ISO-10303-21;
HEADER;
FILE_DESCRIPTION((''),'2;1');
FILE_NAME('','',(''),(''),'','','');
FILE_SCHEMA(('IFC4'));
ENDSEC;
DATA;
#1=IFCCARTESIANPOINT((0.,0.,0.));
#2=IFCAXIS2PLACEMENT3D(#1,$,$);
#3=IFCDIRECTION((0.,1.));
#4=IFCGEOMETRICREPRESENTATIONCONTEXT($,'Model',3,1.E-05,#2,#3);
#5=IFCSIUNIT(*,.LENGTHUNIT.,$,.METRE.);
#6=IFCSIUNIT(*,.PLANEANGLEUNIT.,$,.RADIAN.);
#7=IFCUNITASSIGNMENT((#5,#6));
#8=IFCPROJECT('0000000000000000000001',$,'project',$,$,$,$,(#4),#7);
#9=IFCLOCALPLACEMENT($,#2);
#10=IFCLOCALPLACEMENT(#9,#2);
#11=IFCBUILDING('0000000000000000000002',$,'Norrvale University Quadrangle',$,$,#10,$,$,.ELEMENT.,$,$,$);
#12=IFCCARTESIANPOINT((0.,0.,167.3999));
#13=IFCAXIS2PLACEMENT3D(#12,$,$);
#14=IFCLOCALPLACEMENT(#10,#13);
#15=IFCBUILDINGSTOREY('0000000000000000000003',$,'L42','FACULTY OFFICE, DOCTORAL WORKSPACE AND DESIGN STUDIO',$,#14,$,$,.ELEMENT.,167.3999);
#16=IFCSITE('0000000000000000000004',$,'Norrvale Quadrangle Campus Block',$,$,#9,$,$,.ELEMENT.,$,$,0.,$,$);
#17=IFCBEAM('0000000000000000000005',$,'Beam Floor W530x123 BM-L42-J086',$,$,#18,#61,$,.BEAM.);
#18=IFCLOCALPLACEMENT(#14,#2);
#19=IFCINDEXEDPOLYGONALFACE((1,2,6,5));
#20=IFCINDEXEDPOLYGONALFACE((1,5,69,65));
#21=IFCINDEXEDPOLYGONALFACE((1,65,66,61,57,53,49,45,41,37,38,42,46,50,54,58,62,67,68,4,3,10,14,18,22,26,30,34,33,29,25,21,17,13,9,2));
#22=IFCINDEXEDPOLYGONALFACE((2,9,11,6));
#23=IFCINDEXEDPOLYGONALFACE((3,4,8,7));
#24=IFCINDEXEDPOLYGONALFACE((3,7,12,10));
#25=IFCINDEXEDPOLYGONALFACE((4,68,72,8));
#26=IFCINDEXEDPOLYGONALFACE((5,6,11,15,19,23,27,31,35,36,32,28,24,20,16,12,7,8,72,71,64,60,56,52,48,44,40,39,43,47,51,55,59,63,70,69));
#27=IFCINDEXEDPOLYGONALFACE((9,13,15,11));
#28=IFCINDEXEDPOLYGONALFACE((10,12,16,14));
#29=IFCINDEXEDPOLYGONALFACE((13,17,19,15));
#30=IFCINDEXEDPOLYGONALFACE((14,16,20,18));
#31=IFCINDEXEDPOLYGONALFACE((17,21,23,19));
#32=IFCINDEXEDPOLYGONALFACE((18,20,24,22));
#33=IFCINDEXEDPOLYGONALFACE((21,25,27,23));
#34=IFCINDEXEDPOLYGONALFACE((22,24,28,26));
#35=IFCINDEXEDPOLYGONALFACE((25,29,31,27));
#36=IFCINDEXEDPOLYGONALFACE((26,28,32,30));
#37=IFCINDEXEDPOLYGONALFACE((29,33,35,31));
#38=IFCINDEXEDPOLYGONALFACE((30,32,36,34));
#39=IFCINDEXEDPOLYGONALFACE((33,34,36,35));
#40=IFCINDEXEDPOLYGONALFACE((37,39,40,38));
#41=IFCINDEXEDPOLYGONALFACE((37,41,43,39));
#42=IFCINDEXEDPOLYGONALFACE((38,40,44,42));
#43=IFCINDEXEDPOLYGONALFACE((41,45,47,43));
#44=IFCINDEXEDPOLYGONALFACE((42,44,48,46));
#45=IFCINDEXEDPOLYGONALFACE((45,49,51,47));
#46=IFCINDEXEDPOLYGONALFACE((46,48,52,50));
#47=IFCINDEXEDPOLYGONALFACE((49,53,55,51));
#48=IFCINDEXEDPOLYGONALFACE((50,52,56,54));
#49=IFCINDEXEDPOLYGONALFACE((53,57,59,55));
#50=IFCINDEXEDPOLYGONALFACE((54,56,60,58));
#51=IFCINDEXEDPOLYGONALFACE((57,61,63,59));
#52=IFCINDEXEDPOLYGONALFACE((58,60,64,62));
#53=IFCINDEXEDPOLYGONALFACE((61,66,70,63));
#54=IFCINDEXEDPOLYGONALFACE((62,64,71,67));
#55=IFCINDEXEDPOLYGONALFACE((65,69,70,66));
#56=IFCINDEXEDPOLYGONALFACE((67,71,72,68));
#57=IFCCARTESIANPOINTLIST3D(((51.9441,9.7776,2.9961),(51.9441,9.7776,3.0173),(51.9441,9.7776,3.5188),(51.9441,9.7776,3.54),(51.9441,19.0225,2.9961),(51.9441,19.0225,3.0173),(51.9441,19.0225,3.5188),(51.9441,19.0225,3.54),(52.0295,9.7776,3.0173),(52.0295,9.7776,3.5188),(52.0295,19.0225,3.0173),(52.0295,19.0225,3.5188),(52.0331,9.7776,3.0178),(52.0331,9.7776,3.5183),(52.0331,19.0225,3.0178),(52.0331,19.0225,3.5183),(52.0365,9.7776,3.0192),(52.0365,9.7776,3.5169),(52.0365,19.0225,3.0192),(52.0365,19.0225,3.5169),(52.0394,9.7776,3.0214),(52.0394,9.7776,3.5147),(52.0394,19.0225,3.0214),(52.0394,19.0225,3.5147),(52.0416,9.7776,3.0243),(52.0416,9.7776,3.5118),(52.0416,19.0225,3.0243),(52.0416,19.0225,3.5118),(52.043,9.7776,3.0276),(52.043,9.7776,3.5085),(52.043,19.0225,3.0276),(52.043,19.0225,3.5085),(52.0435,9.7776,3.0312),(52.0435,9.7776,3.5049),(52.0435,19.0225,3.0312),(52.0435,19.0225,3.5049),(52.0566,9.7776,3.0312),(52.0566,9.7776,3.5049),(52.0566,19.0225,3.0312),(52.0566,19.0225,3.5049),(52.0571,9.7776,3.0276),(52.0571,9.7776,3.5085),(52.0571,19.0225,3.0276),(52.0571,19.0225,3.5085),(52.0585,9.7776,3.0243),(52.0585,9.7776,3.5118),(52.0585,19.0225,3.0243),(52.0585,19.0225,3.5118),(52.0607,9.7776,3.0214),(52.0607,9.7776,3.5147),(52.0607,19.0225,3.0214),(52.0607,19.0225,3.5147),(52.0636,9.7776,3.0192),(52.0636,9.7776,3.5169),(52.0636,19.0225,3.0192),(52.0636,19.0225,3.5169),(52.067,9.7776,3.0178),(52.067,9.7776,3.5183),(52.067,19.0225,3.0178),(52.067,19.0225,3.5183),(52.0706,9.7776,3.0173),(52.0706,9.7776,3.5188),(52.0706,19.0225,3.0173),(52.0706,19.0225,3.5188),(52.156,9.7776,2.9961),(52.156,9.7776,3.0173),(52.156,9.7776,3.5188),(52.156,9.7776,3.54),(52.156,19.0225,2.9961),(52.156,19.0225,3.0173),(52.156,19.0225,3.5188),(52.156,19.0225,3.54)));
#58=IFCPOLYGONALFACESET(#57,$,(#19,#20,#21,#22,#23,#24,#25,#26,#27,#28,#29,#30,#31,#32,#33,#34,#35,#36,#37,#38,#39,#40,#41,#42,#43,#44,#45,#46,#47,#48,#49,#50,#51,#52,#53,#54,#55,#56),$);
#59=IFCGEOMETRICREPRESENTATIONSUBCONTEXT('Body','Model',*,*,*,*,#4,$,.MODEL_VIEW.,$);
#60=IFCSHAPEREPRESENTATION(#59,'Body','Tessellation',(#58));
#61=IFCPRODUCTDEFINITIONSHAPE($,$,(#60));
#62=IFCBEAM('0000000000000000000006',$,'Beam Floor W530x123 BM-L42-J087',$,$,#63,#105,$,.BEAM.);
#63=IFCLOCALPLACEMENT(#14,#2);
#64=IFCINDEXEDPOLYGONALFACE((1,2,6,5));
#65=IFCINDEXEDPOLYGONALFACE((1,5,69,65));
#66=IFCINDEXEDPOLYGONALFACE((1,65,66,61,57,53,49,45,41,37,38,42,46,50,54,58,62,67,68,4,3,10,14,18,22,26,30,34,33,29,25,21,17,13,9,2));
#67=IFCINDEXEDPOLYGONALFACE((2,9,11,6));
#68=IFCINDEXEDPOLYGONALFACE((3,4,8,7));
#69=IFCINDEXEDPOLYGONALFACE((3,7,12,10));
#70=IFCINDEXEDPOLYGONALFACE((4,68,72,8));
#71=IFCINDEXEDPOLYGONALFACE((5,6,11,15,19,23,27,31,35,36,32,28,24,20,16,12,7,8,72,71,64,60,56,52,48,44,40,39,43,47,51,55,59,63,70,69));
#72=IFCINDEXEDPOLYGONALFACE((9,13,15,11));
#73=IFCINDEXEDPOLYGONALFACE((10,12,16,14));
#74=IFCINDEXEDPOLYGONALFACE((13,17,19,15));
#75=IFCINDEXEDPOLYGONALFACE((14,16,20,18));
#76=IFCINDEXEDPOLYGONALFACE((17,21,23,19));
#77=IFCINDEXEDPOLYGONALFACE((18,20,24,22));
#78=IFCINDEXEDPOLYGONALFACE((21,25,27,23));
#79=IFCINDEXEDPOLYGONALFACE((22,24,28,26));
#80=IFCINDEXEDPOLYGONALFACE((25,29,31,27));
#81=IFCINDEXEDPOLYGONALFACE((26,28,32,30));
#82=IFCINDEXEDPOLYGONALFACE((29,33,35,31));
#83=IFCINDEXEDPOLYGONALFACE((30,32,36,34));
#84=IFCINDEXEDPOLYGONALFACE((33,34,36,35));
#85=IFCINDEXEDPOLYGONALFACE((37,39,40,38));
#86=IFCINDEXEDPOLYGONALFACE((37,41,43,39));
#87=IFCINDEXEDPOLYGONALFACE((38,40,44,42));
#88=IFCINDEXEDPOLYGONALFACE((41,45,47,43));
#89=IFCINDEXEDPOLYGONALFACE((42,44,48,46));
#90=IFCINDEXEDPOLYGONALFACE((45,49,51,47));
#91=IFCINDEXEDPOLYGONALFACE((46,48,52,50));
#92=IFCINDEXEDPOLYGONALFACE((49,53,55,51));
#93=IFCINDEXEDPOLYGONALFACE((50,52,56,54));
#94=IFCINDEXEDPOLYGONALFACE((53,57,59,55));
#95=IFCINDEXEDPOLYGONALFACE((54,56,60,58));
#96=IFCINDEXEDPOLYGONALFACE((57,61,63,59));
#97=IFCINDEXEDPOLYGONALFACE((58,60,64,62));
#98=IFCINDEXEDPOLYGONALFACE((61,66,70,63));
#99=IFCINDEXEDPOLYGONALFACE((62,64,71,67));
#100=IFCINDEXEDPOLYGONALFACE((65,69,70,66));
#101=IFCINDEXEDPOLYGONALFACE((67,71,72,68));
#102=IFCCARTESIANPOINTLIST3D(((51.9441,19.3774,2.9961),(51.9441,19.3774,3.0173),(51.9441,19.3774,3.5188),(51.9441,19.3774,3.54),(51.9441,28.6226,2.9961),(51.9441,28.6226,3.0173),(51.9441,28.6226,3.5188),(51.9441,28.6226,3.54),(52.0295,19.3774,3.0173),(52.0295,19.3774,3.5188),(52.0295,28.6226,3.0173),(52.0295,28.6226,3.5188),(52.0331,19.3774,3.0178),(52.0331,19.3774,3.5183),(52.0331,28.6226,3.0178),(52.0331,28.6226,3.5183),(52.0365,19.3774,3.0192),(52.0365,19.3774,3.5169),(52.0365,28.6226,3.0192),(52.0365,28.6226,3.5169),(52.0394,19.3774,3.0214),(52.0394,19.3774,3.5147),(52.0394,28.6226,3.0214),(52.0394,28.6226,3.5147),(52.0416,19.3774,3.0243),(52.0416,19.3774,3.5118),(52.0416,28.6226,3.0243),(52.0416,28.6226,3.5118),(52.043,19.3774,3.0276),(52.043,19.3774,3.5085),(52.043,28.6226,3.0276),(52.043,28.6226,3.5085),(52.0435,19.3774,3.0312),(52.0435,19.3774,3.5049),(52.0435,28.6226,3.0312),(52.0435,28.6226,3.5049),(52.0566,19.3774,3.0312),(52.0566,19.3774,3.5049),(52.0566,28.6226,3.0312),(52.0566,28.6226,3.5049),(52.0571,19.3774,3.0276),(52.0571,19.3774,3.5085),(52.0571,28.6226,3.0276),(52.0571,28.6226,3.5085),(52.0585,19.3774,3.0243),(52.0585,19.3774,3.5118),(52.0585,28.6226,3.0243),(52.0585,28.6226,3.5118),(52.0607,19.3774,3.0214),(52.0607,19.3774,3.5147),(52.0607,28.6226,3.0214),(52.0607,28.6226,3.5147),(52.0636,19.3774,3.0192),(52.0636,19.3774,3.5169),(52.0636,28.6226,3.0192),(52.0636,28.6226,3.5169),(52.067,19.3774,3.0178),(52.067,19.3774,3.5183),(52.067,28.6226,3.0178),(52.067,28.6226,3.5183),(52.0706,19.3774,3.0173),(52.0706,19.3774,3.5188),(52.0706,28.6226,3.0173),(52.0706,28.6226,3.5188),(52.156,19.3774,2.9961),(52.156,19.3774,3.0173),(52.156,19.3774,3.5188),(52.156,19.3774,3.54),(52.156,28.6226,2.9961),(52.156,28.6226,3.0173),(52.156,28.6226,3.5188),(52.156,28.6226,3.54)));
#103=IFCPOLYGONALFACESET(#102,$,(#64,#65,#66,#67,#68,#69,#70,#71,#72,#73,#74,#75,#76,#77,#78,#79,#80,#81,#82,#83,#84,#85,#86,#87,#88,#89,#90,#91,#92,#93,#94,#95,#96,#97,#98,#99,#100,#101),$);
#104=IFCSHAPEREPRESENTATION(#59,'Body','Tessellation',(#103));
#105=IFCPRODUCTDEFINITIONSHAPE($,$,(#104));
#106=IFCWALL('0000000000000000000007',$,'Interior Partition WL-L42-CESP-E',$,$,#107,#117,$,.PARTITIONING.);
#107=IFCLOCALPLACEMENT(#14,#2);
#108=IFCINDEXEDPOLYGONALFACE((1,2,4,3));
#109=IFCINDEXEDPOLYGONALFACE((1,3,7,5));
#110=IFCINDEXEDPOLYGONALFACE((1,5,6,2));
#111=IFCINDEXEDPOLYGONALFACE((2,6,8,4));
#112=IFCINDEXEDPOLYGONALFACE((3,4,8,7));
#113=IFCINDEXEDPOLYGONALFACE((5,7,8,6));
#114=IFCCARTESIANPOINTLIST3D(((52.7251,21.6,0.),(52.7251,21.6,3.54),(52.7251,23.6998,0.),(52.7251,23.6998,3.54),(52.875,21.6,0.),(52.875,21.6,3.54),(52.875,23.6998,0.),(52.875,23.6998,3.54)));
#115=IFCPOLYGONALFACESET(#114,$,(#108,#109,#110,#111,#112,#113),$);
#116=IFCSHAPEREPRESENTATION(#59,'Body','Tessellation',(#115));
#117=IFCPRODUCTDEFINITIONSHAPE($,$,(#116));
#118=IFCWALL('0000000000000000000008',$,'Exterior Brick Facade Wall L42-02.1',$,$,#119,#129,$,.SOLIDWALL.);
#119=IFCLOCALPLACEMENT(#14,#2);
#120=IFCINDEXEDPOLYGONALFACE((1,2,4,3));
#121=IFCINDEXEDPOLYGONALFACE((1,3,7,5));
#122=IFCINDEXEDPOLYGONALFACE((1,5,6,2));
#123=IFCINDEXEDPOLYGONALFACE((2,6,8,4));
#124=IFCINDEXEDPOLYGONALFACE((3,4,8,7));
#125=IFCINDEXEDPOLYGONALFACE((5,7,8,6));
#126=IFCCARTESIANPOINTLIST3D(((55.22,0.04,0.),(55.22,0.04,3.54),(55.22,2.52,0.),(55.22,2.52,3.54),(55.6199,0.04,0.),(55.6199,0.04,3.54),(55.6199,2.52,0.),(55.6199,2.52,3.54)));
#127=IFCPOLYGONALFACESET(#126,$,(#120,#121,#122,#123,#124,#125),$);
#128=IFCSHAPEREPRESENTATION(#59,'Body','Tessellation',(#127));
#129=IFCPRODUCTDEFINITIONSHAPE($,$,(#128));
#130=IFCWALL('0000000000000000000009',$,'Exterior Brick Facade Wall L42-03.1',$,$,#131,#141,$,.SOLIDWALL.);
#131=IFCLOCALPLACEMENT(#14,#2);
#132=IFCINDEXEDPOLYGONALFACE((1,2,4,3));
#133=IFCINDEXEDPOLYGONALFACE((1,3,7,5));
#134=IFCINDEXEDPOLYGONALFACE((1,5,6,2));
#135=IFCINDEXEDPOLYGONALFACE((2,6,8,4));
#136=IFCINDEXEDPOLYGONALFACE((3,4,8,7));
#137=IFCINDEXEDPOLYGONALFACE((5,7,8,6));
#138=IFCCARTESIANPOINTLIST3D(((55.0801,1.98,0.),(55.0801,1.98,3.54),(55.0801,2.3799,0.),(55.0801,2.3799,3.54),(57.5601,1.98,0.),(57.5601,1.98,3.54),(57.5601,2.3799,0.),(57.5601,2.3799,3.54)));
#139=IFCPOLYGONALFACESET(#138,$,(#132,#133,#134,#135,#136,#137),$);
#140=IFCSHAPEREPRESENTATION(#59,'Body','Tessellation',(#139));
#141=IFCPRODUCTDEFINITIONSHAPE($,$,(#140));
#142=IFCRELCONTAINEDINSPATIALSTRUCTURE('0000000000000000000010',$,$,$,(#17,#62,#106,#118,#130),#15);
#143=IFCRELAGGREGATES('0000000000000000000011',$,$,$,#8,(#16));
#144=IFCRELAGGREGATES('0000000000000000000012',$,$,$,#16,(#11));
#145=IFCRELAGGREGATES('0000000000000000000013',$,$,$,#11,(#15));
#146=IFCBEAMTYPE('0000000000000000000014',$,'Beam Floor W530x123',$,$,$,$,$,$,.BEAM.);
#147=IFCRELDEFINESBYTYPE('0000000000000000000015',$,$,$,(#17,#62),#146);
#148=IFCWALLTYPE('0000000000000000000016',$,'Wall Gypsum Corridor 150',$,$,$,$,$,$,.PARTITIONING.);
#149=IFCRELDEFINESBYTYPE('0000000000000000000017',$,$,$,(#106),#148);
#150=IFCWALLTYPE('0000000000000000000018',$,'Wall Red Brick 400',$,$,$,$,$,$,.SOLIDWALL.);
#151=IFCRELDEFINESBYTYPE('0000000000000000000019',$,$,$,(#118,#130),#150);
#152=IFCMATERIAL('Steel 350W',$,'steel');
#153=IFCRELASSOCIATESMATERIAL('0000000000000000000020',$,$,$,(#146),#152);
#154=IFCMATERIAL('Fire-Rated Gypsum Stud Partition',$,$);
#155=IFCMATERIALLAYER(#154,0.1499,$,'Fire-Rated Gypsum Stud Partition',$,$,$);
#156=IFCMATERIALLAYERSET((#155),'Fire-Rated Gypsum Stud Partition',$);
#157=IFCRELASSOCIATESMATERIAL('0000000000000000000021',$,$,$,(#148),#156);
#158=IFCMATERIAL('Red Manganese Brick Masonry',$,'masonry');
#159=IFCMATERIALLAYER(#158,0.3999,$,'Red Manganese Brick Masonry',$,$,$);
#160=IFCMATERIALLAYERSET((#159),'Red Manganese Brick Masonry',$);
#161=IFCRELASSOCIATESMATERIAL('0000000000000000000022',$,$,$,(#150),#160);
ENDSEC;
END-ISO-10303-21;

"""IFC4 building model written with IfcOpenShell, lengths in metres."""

from ifc_helpers import new_model, si_unit, direction, frame, frame_2d, origin, origin_2d, place, context, subcontext, project, spatial, rectangle, i_section, extrude, material, layer, layer_set, material_profile, profile_set, type_object, element, save


model = new_model("IFC4")

# Units and contexts
model_context = context("Model", 3, precision=1e-05, world=origin(), true_north=direction((0.0, 1.0)))
body_context = subcontext(model_context, "Body", "Model", "MODEL_VIEW")
ifc_project = project(units=[si_unit("LENGTHUNIT", "METRE"), si_unit("PLANEANGLEUNIT", "RADIAN")], contexts=[model_context])

# Site, building, storey
site_placement = place(None, origin())
site = spatial("IfcSite", under=ifc_project, at=site_placement, Name="Norrvale Quadrangle Campus Block", CompositionType="ELEMENT", RefElevation=0.0)
building_placement = place(site_placement, origin())
building = spatial("IfcBuilding", under=site, at=building_placement, Name="Norrvale University Quadrangle", CompositionType="ELEMENT")
storey_placement = place(building_placement, frame((0.0, 0.0, 167.3999)))
storey = spatial("IfcBuildingStorey", under=building, at=storey_placement, Name="L42", Description="FACULTY OFFICE, DOCTORAL WORKSPACE AND DESIGN STUDIO", CompositionType="ELEMENT", Elevation=167.3999)

# Beams
ifc_material_1 = material(Name="Steel 350W", Category="steel")
ifc_material_profile_1 = material_profile(ifc_material_1, i_section(OverallWidth=0.2119, OverallDepth=0.5439, WebThickness=0.0132, FlangeThickness=0.0212, FilletRadius=0.0139, at=origin_2d()), Name="Steel 350W")
ifc_profile_set_1 = profile_set([ifc_material_profile_1], Name="Steel 350W")
beam_type_1 = type_object("IfcBeamType", Name="Beam Floor W530x123", PredefinedType="BEAM", material=ifc_profile_set_1)
beam_1_placement = place(storey_placement, frame((52.05, 9.7776, 3.2681), z_axis=(0.0, 1.0, 0.0), x_axis=(-1.0, 0.0, 0.0)))
element("IfcBeam", 1, at=beam_1_placement, inside=storey, type_object=beam_type_1, Name="Beam Floor W530x123 BM-L42-J086", PredefinedType="BEAM", context=body_context, shape_type="SweptSolid", body=[
    extrude(i_section(OverallWidth=0.2119, OverallDepth=0.5439, WebThickness=0.0132, FlangeThickness=0.0212, FilletRadius=0.0139, at=origin_2d()), origin(), (0.0, 0.0, 1.0), 9.2449),
])
beam_2_placement = place(storey_placement, frame((52.05, 19.3774, 3.2681), z_axis=(0.0, 1.0, 0.0), x_axis=(-1.0, 0.0, 0.0)))
element("IfcBeam", 2, at=beam_2_placement, inside=storey, type_object=beam_type_1, Name="Beam Floor W530x123 BM-L42-J087", PredefinedType="BEAM", context=body_context, shape_type="SweptSolid", body=[
    extrude(i_section(OverallWidth=0.2119, OverallDepth=0.5439, WebThickness=0.0132, FlangeThickness=0.0212, FilletRadius=0.0139, at=origin_2d()), origin(), (0.0, 0.0, 1.0), 9.2451),
])

# Walls
ifc_material_2 = material(Name="Fire-Rated Gypsum Stud Partition")
ifc_layer_1 = layer(ifc_material_2, 0.1499, Name="Fire-Rated Gypsum Stud Partition")
ifc_layer_set_1 = layer_set([ifc_layer_1], Name="Fire-Rated Gypsum Stud Partition")
wall_type_1 = type_object("IfcWallType", Name="Wall Gypsum Corridor 150", PredefinedType="PARTITIONING", material=ifc_layer_set_1)
wall_1_placement = place(storey_placement, frame((52.8, 21.6001, 0.0), z_axis=(0.0, 0.0, 1.0), x_axis=(0.0, 1.0, 0.0)))
element("IfcWall", 3, at=wall_1_placement, inside=storey, type_object=wall_type_1, Name="Interior Partition WL-L42-CESP-E", PredefinedType="PARTITIONING", context=body_context, shape_type="SweptSolid", body=[
    extrude(rectangle(XDim=2.0999, YDim=0.1499, at=frame_2d((1.0498, 0.0))), origin(), (0.0, 0.0, 1.0), 3.54),
])
ifc_material_3 = material(Name="Red Manganese Brick Masonry", Category="masonry")
ifc_layer_2 = layer(ifc_material_3, 0.3999, Name="Red Manganese Brick Masonry")
ifc_layer_set_2 = layer_set([ifc_layer_2], Name="Red Manganese Brick Masonry")
wall_type_2 = type_object("IfcWallType", Name="Wall Red Brick 400", PredefinedType="SOLIDWALL", material=ifc_layer_set_2)
for number, where, z_axis, x_axis, name in (
    (4, (55.4199, 0.04, 0.0), (0.0, 0.0, 1.0), (0.0, 1.0, 0.0), "Exterior Brick Facade Wall L42-02.1"),
    (5, (55.0801, 2.1799, 0.0), (0.0, 0.0, 1.0), (1.0, 0.0, 0.0), "Exterior Brick Facade Wall L42-03.1"),
):
    element("IfcWall", number, at=place(storey_placement, frame(where, z_axis=z_axis, x_axis=x_axis)), inside=storey, type_object=wall_type_2, Name=name, PredefinedType="SOLIDWALL", context=body_context, shape_type="SweptSolid", body=[
        extrude(rectangle(XDim=2.48, YDim=0.3999, at=frame_2d((1.24, 0.0))), origin(), (0.0, 0.0, 1.0), 3.54),
    ])

save(model, "model.ifc")
